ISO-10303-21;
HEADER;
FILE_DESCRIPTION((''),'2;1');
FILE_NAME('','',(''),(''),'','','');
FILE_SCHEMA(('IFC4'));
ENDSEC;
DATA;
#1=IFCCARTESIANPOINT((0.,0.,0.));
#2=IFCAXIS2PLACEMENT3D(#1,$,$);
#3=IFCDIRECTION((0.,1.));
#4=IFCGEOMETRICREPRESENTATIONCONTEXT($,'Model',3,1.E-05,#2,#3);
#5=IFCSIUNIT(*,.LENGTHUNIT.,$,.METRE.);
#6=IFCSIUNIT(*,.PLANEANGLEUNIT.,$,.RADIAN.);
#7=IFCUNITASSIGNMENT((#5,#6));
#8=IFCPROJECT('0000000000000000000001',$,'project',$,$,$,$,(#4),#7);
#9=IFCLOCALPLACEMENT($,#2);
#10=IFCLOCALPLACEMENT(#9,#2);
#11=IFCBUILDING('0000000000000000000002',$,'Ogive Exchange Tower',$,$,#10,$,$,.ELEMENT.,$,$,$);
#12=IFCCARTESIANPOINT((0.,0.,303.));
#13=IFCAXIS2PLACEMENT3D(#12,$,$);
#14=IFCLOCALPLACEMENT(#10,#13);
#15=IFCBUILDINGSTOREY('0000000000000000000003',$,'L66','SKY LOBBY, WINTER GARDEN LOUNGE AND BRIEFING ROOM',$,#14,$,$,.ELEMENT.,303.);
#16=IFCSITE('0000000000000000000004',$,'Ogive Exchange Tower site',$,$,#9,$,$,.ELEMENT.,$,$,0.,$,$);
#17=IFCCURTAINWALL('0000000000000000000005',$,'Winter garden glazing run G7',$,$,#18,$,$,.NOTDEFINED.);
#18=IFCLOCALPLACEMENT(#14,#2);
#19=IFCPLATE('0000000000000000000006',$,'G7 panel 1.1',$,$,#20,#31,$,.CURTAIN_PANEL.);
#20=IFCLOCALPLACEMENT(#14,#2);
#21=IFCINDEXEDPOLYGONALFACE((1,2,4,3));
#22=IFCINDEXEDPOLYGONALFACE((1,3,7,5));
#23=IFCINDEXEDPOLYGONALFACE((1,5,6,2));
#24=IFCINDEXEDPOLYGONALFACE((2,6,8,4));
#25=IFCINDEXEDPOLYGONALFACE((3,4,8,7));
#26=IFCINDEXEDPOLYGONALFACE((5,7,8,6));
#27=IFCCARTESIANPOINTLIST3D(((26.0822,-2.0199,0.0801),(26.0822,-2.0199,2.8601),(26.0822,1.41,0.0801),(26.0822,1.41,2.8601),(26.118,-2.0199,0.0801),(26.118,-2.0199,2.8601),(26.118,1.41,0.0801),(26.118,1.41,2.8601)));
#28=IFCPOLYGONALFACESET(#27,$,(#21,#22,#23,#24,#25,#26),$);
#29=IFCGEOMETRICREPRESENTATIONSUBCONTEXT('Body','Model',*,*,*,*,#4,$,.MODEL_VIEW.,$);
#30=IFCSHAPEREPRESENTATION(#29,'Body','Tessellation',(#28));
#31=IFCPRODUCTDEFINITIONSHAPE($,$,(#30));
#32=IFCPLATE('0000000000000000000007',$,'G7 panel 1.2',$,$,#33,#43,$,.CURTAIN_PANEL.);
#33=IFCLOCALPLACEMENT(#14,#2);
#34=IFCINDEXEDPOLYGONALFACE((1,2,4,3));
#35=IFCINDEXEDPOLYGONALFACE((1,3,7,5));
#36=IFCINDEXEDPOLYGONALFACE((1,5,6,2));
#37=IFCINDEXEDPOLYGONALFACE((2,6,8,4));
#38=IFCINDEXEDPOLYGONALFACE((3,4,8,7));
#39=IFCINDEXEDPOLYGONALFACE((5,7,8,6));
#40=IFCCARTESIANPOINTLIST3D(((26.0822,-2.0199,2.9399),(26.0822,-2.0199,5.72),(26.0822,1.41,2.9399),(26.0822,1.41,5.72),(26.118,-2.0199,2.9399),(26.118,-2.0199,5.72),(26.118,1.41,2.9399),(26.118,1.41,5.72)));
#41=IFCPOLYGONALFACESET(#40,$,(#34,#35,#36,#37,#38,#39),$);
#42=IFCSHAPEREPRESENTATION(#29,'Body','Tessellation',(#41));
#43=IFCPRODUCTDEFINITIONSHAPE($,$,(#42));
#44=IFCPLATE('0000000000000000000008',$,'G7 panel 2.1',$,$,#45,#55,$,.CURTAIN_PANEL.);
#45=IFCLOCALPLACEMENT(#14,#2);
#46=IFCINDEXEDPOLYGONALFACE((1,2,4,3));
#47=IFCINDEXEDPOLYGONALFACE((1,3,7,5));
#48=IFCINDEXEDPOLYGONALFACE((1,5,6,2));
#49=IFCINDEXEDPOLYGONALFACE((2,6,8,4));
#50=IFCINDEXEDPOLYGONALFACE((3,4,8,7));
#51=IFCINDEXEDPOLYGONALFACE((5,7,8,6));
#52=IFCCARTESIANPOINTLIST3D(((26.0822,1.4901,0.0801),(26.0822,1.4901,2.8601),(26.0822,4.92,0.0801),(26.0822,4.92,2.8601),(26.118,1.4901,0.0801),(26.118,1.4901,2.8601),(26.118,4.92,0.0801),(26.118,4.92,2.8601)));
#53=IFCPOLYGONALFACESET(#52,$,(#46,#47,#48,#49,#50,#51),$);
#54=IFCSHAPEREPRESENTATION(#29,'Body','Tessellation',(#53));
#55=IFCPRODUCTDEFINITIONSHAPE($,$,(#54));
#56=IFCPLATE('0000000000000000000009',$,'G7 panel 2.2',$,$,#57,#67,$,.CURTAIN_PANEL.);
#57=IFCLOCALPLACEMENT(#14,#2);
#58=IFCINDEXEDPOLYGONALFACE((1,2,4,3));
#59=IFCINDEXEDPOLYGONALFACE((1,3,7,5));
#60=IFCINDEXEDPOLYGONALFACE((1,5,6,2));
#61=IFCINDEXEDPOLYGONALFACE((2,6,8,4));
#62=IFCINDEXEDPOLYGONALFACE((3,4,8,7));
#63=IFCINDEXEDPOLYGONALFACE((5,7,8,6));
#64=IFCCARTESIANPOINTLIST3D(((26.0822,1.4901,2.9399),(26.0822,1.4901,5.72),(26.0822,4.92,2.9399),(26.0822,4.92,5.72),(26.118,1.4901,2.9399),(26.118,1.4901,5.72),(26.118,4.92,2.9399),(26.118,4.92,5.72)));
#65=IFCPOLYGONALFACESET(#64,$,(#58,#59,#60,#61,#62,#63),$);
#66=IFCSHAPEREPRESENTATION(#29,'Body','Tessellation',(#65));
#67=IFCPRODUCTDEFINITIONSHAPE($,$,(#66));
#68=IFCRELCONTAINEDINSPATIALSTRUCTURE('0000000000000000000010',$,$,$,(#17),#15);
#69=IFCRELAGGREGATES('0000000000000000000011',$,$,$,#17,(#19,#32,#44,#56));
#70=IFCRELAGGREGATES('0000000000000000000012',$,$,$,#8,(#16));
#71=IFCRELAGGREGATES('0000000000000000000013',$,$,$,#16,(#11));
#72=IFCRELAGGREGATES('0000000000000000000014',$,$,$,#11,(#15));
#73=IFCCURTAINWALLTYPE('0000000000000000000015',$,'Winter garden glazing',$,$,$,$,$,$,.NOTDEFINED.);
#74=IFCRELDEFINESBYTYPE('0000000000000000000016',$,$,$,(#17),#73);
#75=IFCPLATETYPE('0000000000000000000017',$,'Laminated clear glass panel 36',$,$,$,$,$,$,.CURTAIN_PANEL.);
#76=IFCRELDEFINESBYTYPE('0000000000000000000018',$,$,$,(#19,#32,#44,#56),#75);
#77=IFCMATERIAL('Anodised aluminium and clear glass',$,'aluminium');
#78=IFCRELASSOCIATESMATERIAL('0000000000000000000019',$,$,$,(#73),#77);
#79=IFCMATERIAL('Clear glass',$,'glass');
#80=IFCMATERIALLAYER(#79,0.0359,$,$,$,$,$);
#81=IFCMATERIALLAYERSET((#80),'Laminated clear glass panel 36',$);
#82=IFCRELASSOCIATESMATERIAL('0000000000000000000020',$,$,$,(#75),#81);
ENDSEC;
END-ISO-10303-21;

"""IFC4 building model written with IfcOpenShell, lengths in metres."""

from ifc_helpers import new_model, si_unit, direction, frame, origin, origin_2d, place, context, subcontext, project, spatial, rectangle, extrude, material, layer, layer_set, type_object, element, aggregate, save


model = new_model("IFC4")

# Units and contexts
model_context = context("Model", 3, precision=1e-05, world=origin(), true_north=direction((0.0, 1.0)))
body_context = subcontext(model_context, "Body", "Model", "MODEL_VIEW")
ifc_project = project(units=[si_unit("LENGTHUNIT", "METRE"), si_unit("PLANEANGLEUNIT", "RADIAN")], contexts=[model_context])

# Site, building, storey
site_placement = place(None, origin())
site = spatial("IfcSite", under=ifc_project, at=site_placement, Name="Ogive Exchange Tower site", CompositionType="ELEMENT", RefElevation=0.0)
building_placement = place(site_placement, origin())
building = spatial("IfcBuilding", under=site, at=building_placement, Name="Ogive Exchange Tower", CompositionType="ELEMENT")
storey_placement = place(building_placement, frame((0.0, 0.0, 303.0)))
storey = spatial("IfcBuildingStorey", under=building, at=storey_placement, Name="L66", Description="SKY LOBBY, WINTER GARDEN LOUNGE AND BRIEFING ROOM", CompositionType="ELEMENT", Elevation=303.0)

# Curtain wall
ifc_material_1 = material(Name="Anodised aluminium and clear glass", Category="aluminium")
curtain_wall_type = type_object("IfcCurtainWallType", Name="Winter garden glazing", PredefinedType="NOTDEFINED", material=ifc_material_1)
curtain_wall_1_placement = place(storey_placement, origin())
curtain_wall_1 = element("IfcCurtainWall", 1, at=curtain_wall_1_placement, inside=storey, type_object=curtain_wall_type, Name="Winter garden glazing run G7", PredefinedType="NOTDEFINED")

# Plates
ifc_material_2 = material(Name="Clear glass", Category="glass")
ifc_layer = layer(ifc_material_2, 0.0359)
ifc_layer_set = layer_set([ifc_layer], Name="Laminated clear glass panel 36")
plate_type = type_object("IfcPlateType", Name="Laminated clear glass panel 36", PredefinedType="CURTAIN_PANEL", material=ifc_layer_set)
plate_1_placement = place(storey_placement, frame((26.1001, -0.3049, 0.0801), z_axis=(0.0, 0.0, 1.0), x_axis=(0.0, 1.0, 0.0)))
plate_1 = element("IfcPlate", 2, at=plate_1_placement, type_object=plate_type, Name="G7 panel 1.1", PredefinedType="CURTAIN_PANEL", context=body_context, shape_type="SweptSolid", body=[
    extrude(rectangle(XDim=3.4299, YDim=0.0359, at=origin_2d()), origin(), (0.0, 0.0, 1.0), 2.78),
])
plate_2_placement = place(storey_placement, frame((26.1001, -0.3049, 2.9399), z_axis=(0.0, 0.0, 1.0), x_axis=(0.0, 1.0, 0.0)))
plate_2 = element("IfcPlate", 3, at=plate_2_placement, type_object=plate_type, Name="G7 panel 1.2", PredefinedType="CURTAIN_PANEL", context=body_context, shape_type="SweptSolid", body=[
    extrude(rectangle(XDim=3.4299, YDim=0.0359, at=origin_2d()), origin(), (0.0, 0.0, 1.0), 2.78),
])
plate_3_placement = place(storey_placement, frame((26.1001, 3.2051, 0.0801), z_axis=(0.0, 0.0, 1.0), x_axis=(0.0, 1.0, 0.0)))
plate_3 = element("IfcPlate", 4, at=plate_3_placement, type_object=plate_type, Name="G7 panel 2.1", PredefinedType="CURTAIN_PANEL", context=body_context, shape_type="SweptSolid", body=[
    extrude(rectangle(XDim=3.4299, YDim=0.0359, at=origin_2d()), origin(), (0.0, 0.0, 1.0), 2.78),
])
plate_4_placement = place(storey_placement, frame((26.1001, 3.2051, 2.9399), z_axis=(0.0, 0.0, 1.0), x_axis=(0.0, 1.0, 0.0)))
plate_4 = element("IfcPlate", 5, at=plate_4_placement, type_object=plate_type, Name="G7 panel 2.2", PredefinedType="CURTAIN_PANEL", context=body_context, shape_type="SweptSolid", body=[
    extrude(rectangle(XDim=3.4299, YDim=0.0359, at=origin_2d()), origin(), (0.0, 0.0, 1.0), 2.78),
])
aggregate(curtain_wall_1, [plate_1, plate_2, plate_3, plate_4])

save(model, "model.ifc")
